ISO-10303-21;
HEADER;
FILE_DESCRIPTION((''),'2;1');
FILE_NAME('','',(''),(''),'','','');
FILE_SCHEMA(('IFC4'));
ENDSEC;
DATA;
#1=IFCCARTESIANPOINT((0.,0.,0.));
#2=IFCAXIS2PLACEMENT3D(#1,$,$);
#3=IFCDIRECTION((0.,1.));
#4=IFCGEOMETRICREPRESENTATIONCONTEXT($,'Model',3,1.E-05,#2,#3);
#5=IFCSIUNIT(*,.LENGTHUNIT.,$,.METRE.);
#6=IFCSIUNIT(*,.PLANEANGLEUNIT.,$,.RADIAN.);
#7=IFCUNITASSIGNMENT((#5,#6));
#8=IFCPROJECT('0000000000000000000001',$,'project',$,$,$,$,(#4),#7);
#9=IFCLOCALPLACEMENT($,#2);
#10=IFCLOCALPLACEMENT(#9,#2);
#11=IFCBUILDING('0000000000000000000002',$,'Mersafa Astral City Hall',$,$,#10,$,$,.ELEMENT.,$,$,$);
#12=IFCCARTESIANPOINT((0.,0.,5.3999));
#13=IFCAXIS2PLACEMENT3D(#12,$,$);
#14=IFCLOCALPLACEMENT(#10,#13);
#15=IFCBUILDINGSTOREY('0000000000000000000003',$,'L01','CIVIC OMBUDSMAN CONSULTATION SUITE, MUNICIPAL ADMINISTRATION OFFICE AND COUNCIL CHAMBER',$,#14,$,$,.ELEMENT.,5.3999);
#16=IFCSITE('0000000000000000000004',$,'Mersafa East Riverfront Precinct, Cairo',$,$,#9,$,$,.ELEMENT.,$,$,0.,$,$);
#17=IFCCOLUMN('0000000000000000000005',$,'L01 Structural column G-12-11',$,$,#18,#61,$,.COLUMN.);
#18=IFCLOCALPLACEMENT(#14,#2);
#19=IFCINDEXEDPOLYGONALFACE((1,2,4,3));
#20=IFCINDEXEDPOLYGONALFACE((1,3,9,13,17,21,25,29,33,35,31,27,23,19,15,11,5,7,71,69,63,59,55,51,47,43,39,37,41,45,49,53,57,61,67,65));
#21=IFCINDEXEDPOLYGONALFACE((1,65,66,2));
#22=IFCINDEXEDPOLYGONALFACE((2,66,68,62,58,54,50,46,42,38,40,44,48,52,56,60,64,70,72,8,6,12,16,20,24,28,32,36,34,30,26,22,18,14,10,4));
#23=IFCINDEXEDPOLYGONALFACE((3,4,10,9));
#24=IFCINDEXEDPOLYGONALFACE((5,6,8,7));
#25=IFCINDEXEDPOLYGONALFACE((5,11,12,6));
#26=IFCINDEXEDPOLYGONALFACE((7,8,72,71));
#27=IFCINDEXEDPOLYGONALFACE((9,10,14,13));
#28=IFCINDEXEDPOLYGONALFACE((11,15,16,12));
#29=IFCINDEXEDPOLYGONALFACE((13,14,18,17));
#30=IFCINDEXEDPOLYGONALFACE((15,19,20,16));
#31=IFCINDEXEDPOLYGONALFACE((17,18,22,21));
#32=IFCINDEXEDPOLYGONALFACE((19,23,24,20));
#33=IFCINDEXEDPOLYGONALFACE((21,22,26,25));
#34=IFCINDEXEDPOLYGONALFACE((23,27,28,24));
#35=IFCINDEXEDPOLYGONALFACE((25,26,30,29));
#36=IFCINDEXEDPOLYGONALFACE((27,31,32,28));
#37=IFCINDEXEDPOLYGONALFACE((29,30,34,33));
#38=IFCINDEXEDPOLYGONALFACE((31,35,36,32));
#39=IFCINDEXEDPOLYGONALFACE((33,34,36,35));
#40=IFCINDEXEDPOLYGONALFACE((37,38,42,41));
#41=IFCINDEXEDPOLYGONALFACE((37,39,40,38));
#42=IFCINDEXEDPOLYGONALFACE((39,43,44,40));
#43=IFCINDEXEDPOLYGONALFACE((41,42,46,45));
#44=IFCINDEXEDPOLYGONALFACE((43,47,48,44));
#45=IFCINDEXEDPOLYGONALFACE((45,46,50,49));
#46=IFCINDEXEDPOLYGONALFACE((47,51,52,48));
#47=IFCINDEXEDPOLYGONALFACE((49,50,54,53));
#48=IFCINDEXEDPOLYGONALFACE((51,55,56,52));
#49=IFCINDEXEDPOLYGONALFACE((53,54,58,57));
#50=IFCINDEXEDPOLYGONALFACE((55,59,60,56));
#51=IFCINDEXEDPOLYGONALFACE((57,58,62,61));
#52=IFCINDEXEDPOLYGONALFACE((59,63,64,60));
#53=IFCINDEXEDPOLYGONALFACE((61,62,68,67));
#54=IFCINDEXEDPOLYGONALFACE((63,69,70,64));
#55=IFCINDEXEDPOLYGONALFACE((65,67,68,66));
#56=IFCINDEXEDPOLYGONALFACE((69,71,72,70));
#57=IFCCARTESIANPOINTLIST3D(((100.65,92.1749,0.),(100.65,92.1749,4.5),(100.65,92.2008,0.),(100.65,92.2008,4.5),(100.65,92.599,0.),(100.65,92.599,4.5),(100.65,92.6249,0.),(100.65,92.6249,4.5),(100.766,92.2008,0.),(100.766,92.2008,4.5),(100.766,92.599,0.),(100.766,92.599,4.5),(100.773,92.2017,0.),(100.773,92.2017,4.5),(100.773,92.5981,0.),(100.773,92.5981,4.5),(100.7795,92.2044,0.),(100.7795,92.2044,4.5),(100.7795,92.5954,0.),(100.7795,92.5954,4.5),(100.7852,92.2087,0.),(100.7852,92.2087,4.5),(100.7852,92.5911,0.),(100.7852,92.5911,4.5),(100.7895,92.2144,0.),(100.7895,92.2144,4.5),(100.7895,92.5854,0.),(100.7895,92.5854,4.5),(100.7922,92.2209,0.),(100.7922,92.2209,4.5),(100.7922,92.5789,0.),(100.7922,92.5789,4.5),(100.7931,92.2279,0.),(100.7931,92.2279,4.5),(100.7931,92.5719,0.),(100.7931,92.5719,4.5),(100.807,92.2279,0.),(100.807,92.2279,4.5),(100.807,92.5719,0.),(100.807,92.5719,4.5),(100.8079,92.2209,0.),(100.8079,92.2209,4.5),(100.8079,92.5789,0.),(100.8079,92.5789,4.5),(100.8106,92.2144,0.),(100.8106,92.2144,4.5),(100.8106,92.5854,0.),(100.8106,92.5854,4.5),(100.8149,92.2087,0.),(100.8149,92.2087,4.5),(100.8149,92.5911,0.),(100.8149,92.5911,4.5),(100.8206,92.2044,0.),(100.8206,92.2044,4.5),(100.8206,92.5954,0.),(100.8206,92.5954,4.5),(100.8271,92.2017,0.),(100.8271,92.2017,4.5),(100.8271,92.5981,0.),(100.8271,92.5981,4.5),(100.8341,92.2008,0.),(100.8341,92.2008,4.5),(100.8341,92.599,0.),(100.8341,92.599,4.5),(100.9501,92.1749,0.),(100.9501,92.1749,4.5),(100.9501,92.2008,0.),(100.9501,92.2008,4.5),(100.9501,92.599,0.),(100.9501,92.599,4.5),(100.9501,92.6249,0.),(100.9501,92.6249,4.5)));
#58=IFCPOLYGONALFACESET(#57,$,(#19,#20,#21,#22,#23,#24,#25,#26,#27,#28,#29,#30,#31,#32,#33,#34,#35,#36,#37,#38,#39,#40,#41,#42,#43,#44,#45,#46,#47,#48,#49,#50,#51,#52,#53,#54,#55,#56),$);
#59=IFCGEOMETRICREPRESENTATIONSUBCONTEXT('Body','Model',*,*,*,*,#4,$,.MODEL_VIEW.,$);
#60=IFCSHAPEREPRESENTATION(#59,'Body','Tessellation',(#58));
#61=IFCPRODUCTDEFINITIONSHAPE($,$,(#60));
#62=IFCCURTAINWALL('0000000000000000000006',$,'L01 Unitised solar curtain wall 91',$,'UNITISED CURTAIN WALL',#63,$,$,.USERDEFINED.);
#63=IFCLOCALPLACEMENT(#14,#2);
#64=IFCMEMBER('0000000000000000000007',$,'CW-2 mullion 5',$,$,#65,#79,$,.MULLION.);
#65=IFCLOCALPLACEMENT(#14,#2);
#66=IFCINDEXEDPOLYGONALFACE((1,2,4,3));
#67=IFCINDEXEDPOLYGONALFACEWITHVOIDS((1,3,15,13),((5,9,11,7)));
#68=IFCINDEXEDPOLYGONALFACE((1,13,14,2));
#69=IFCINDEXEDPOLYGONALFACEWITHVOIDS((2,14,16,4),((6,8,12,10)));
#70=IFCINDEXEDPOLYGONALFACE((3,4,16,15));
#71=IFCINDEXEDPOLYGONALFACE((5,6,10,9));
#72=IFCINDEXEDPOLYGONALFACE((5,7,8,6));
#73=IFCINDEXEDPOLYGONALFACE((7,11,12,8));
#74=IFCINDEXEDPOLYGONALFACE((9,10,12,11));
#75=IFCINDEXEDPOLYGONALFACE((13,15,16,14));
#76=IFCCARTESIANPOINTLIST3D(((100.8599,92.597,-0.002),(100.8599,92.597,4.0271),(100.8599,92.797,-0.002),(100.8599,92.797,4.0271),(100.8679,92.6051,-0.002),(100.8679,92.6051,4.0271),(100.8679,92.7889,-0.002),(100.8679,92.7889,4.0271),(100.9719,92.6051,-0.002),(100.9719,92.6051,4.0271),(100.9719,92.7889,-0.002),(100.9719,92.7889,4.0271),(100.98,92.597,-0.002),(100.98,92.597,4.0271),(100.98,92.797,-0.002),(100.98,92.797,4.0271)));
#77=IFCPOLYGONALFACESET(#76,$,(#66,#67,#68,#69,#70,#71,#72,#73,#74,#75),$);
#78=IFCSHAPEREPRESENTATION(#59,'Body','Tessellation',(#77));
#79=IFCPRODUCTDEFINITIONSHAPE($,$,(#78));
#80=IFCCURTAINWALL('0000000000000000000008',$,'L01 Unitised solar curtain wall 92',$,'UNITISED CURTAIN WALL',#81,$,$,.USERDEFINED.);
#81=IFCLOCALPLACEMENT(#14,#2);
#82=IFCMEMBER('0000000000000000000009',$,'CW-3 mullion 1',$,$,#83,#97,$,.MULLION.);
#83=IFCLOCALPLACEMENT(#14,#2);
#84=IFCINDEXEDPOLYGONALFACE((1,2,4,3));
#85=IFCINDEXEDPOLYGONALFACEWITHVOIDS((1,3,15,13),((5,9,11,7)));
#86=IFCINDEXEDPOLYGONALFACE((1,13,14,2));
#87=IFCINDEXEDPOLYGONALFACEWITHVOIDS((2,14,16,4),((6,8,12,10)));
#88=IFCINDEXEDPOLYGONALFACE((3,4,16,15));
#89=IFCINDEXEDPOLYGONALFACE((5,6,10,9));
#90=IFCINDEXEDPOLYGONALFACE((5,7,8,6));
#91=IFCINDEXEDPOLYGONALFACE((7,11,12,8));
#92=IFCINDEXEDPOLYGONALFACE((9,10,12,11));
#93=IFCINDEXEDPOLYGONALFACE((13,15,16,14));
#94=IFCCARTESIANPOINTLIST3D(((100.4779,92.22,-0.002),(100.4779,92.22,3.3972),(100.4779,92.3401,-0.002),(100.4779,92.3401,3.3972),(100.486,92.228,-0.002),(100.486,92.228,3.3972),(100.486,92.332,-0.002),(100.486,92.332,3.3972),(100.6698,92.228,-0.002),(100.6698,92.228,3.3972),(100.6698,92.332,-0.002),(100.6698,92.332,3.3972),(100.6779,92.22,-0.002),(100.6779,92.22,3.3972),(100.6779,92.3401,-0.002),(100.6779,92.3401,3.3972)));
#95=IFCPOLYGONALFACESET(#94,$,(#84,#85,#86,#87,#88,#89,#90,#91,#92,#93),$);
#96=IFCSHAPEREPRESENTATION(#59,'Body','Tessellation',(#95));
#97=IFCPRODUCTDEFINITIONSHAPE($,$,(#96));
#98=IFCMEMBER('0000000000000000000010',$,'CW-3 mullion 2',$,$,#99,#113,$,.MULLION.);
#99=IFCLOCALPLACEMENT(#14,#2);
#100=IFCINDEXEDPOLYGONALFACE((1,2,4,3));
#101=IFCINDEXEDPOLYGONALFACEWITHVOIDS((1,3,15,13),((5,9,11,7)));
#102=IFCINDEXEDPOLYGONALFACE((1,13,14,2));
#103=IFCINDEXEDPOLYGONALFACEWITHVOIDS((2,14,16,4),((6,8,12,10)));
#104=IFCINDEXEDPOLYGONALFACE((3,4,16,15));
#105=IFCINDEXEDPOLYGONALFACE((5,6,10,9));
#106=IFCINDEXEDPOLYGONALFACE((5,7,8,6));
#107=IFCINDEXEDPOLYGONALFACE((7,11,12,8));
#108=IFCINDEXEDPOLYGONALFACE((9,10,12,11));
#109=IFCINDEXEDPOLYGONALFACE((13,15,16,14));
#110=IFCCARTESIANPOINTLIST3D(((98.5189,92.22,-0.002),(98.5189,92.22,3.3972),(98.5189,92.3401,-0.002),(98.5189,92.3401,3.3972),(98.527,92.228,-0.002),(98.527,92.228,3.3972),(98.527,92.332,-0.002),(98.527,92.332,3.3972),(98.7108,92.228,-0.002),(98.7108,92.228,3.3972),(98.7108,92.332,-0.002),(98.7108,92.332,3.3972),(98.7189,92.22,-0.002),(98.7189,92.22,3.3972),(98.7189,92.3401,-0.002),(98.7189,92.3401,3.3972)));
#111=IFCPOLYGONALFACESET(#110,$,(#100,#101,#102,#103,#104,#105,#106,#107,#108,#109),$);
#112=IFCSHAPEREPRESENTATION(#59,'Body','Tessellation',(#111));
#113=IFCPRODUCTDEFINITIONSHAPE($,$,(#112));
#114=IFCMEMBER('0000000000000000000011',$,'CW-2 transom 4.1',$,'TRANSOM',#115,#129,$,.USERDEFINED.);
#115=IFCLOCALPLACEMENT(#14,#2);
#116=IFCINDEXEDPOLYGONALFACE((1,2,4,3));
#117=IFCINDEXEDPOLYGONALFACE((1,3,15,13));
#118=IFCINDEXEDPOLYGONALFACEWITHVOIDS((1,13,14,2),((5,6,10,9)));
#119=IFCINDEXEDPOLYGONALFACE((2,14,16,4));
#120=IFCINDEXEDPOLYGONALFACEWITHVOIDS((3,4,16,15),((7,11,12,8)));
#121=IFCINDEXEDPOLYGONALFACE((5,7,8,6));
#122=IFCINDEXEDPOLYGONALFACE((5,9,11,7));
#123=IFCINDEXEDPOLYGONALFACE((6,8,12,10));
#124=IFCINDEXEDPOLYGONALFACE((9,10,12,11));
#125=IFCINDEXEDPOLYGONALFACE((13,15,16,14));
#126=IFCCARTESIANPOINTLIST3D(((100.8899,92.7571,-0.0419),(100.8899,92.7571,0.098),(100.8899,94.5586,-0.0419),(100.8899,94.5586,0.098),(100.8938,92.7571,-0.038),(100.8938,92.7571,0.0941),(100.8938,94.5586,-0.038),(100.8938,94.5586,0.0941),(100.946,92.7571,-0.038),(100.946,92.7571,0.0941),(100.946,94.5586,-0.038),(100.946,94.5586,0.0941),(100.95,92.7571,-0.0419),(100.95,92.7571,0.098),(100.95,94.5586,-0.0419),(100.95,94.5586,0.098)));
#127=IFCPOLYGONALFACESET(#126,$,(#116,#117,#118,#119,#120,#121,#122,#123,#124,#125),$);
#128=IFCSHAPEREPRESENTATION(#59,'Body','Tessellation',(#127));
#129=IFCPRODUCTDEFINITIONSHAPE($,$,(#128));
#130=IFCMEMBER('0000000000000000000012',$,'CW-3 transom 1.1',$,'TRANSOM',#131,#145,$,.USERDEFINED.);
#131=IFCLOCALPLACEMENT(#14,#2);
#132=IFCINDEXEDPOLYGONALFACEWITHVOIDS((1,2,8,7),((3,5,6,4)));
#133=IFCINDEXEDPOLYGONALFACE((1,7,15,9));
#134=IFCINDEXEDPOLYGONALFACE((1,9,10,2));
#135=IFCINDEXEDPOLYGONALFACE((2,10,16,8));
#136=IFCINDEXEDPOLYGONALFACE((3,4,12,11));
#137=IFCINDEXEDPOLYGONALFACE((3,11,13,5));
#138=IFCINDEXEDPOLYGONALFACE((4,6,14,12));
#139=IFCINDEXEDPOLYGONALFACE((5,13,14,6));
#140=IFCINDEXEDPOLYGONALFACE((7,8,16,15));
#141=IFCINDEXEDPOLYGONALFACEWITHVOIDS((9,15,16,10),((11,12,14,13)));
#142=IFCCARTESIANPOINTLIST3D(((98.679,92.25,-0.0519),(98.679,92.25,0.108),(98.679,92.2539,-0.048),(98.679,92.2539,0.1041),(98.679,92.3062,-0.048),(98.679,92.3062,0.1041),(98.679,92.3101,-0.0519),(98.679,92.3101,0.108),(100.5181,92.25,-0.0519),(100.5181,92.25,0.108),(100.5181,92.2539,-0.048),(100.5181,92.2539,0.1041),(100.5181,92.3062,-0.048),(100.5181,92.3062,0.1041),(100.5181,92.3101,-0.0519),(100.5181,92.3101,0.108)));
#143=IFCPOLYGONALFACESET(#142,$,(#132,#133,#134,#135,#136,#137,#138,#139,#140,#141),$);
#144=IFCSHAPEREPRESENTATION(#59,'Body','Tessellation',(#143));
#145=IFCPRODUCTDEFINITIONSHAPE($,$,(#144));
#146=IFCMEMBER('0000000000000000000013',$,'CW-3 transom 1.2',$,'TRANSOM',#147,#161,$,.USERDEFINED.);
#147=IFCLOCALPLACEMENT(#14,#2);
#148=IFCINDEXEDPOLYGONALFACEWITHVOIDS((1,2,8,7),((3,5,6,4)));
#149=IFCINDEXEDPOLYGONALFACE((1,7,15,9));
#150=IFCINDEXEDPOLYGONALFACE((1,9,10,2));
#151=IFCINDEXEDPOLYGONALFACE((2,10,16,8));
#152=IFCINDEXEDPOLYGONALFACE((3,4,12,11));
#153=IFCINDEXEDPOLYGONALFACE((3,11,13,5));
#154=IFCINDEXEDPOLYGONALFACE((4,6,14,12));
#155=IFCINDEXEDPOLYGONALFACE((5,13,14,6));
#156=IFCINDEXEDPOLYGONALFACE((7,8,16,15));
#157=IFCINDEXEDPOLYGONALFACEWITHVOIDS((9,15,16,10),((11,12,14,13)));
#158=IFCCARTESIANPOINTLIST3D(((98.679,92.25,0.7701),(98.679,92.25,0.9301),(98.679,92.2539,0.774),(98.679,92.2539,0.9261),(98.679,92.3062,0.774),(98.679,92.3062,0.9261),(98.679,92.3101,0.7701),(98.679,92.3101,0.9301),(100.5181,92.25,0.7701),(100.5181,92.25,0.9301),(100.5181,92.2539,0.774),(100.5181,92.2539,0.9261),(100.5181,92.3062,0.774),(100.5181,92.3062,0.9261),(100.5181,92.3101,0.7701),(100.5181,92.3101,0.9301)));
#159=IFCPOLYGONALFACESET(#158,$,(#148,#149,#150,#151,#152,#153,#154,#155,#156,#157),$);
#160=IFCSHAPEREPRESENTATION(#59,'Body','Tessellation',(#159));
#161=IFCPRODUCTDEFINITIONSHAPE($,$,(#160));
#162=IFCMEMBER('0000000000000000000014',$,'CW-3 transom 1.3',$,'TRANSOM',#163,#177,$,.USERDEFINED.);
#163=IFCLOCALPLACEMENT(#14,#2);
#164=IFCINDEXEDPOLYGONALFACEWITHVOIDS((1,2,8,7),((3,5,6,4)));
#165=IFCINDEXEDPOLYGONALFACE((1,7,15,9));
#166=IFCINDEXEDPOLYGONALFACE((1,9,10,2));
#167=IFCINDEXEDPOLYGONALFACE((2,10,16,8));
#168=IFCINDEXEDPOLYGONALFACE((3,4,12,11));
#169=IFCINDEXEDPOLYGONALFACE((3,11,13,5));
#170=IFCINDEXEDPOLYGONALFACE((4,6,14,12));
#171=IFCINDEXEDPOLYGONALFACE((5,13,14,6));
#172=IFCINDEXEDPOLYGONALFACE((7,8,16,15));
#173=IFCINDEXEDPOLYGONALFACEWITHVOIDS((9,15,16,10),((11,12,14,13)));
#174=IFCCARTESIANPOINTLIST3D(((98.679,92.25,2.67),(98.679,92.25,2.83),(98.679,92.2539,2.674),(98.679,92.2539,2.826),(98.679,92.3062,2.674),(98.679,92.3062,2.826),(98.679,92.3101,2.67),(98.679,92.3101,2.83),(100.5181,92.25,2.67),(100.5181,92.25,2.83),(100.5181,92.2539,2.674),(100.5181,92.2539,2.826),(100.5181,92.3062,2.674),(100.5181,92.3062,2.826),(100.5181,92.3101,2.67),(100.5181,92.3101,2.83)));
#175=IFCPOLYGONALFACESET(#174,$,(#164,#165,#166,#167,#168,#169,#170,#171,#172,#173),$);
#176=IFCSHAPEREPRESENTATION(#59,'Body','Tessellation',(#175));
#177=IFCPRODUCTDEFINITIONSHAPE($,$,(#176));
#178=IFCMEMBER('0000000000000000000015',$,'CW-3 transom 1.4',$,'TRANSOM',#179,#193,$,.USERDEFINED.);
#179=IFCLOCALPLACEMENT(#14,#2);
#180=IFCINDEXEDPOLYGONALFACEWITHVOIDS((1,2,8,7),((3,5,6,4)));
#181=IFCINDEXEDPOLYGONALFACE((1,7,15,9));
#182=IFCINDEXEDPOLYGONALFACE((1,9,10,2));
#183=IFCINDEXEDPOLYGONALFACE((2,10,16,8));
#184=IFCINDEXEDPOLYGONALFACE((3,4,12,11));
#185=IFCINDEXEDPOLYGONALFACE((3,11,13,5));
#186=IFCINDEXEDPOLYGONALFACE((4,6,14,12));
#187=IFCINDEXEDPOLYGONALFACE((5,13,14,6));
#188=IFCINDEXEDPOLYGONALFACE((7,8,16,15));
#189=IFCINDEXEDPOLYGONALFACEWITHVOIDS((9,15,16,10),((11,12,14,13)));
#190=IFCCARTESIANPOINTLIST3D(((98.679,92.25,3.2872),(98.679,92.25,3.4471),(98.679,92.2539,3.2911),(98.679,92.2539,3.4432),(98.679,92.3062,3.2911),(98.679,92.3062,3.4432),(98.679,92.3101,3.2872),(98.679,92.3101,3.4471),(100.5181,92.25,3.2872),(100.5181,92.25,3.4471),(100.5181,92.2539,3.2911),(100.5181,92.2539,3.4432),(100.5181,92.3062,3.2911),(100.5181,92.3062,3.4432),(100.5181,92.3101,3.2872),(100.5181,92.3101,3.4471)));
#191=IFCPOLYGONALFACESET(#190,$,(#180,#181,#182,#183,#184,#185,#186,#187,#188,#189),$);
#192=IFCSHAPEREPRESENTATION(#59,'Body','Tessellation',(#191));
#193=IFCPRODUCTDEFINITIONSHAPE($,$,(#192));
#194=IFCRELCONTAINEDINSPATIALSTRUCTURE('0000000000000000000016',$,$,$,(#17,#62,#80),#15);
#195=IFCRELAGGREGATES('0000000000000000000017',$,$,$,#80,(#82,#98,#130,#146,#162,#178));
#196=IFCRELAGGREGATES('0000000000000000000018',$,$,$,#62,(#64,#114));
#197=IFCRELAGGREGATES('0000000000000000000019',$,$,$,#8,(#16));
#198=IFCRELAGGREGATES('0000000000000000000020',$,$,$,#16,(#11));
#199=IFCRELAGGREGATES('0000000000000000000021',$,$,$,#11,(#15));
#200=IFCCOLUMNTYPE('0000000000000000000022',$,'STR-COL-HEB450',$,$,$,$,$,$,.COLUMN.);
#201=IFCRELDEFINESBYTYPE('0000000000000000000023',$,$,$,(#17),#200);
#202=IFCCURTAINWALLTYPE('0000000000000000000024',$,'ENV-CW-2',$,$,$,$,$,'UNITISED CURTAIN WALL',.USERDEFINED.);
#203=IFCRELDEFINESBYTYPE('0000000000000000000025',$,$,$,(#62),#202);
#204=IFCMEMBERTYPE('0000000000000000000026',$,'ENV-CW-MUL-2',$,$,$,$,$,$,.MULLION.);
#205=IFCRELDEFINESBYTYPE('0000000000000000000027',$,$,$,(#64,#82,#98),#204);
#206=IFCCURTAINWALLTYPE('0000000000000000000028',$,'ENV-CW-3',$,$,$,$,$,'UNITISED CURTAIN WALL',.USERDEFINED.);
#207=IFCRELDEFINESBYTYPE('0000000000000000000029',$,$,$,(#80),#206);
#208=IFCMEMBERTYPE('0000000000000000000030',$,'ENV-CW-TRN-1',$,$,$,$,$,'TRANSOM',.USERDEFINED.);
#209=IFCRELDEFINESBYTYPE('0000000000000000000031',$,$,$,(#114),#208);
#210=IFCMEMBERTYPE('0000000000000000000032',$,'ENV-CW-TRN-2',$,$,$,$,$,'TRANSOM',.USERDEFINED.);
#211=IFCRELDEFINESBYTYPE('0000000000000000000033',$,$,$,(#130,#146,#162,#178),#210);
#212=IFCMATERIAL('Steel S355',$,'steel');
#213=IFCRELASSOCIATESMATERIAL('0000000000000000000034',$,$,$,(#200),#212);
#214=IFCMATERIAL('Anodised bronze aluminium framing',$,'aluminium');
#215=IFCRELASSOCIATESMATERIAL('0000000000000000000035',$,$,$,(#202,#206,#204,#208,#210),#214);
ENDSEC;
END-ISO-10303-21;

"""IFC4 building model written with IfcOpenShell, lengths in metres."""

from ifc_helpers import new_model, si_unit, direction, frame, origin, origin_2d, place, context, subcontext, project, spatial, hollow_rectangle, i_section, extrude, material, material_profile, profile_set, type_object, element, aggregate, save


model = new_model("IFC4")

# Units and contexts
model_context = context("Model", 3, precision=1e-05, world=origin(), true_north=direction((0.0, 1.0)))
body_context = subcontext(model_context, "Body", "Model", "MODEL_VIEW")
ifc_project = project(units=[si_unit("LENGTHUNIT", "METRE"), si_unit("PLANEANGLEUNIT", "RADIAN")], contexts=[model_context])

# Site, building, storey
site_placement = place(None, origin())
site = spatial("IfcSite", under=ifc_project, at=site_placement, Name="Mersafa East Riverfront Precinct, Cairo", CompositionType="ELEMENT", RefElevation=0.0)
building_placement = place(site_placement, origin())
building = spatial("IfcBuilding", under=site, at=building_placement, Name="Mersafa Astral City Hall", CompositionType="ELEMENT")
storey_placement = place(building_placement, frame((0.0, 0.0, 5.3999)))
storey = spatial("IfcBuildingStorey", under=building, at=storey_placement, Name="L01", Description="CIVIC OMBUDSMAN CONSULTATION SUITE, MUNICIPAL ADMINISTRATION OFFICE AND COUNCIL CHAMBER", CompositionType="ELEMENT", Elevation=5.3999)

# Column
ifc_material_1 = material(Name="Steel S355", Category="steel")
ifc_material_profile_1 = material_profile(ifc_material_1, i_section(OverallWidth=0.3, OverallDepth=0.45, WebThickness=0.0139, FlangeThickness=0.0259, FilletRadius=0.0271, at=origin_2d()), Name="HEB 450")
ifc_profile_set_1 = profile_set([ifc_material_profile_1], Name="Steel S355")
column_type = type_object("IfcColumnType", Name="STR-COL-HEB450", PredefinedType="COLUMN", material=ifc_profile_set_1)
column_placement = place(storey_placement, frame((100.8, 92.3999, 0.0), z_axis=(0.0, 0.0, 1.0), x_axis=(1.0, 0.0, 0.0)))
element("IfcColumn", 1, at=column_placement, inside=storey, type_object=column_type, Name="L01 Structural column G-12-11", PredefinedType="COLUMN", context=body_context, shape_type="SweptSolid", body=[
    extrude(i_section(OverallWidth=0.3, OverallDepth=0.45, WebThickness=0.0139, FlangeThickness=0.0259, FilletRadius=0.0271, at=origin_2d()), origin(), (0.0, 0.0, 1.0), 4.5),
])

# Curtain wall, member
ifc_material_2 = material(Name="Anodised bronze aluminium framing", Category="aluminium")
curtain_wall_type_1 = type_object("IfcCurtainWallType", Name="ENV-CW-2", ElementType="UNITISED CURTAIN WALL", PredefinedType="USERDEFINED", material=ifc_material_2)
curtain_wall_1_placement = place(storey_placement, origin())
curtain_wall_1 = element("IfcCurtainWall", 2, at=curtain_wall_1_placement, inside=storey, type_object=curtain_wall_type_1, Name="L01 Unitised solar curtain wall 91", ObjectType="UNITISED CURTAIN WALL", PredefinedType="USERDEFINED")
ifc_material_profile_2 = material_profile(ifc_material_2, hollow_rectangle(XDim=0.1201, YDim=0.2, WallThickness=0.0081, at=origin_2d()), Name="RHS 120x200x8")
ifc_profile_set_2 = profile_set([ifc_material_profile_2], Name="Anodised bronze aluminium framing")
member_type_1 = type_object("IfcMemberType", Name="ENV-CW-MUL-2", PredefinedType="MULLION", material=ifc_profile_set_2)
member_1_placement = place(storey_placement, frame((100.9199, 92.697, -0.002), z_axis=(0.0, 0.0, 1.0), x_axis=(1.0, 0.0, 0.0)))
member_1 = element("IfcMember", 3, at=member_1_placement, type_object=member_type_1, Name="CW-2 mullion 5", PredefinedType="MULLION", context=body_context, shape_type="SweptSolid", body=[
    extrude(hollow_rectangle(XDim=0.1201, YDim=0.2, WallThickness=0.0081, at=origin_2d()), origin(), (0.0, 0.0, 1.0), 4.0291),
])

# Curtain wall, members
curtain_wall_type_2 = type_object("IfcCurtainWallType", Name="ENV-CW-3", ElementType="UNITISED CURTAIN WALL", PredefinedType="USERDEFINED", material=ifc_material_2)
curtain_wall_2_placement = place(storey_placement, origin())
curtain_wall_2 = element("IfcCurtainWall", 4, at=curtain_wall_2_placement, inside=storey, type_object=curtain_wall_type_2, Name="L01 Unitised solar curtain wall 92", ObjectType="UNITISED CURTAIN WALL", PredefinedType="USERDEFINED")
member_2_placement = place(storey_placement, frame((100.5779, 92.28, -0.002), z_axis=(0.0, 0.0, 1.0), x_axis=(0.0, -1.0, 0.0)))
member_2 = element("IfcMember", 5, at=member_2_placement, type_object=member_type_1, Name="CW-3 mullion 1", PredefinedType="MULLION", context=body_context, shape_type="SweptSolid", body=[
    extrude(hollow_rectangle(XDim=0.1201, YDim=0.2, WallThickness=0.0081, at=origin_2d()), origin(), (0.0, 0.0, 1.0), 3.3992),
])
member_3_placement = place(storey_placement, frame((98.6189, 92.28, -0.002), z_axis=(0.0, 0.0, 1.0), x_axis=(0.0, -1.0, 0.0)))
member_3 = element("IfcMember", 6, at=member_3_placement, type_object=member_type_1, Name="CW-3 mullion 2", PredefinedType="MULLION", context=body_context, shape_type="SweptSolid", body=[
    extrude(hollow_rectangle(XDim=0.1201, YDim=0.2, WallThickness=0.0081, at=origin_2d()), origin(), (0.0, 0.0, 1.0), 3.3992),
])

# Members
ifc_material_profile_3 = material_profile(ifc_material_2, hollow_rectangle(XDim=0.0601, YDim=0.1399, WallThickness=0.0039, at=origin_2d()), Name="RHS 60x140x4")
ifc_profile_set_3 = profile_set([ifc_material_profile_3], Name="Anodised bronze aluminium framing")
member_type_2 = type_object("IfcMemberType", Name="ENV-CW-TRN-1", ElementType="TRANSOM", PredefinedType="USERDEFINED", material=ifc_profile_set_3)
member_4_placement = place(storey_placement, frame((100.9199, 94.5586, 0.0281), z_axis=(0.0, -1.0, 0.0), x_axis=(1.0, 0.0, 0.0)))
member_4 = element("IfcMember", 7, at=member_4_placement, type_object=member_type_2, Name="CW-2 transom 4.1", ObjectType="TRANSOM", PredefinedType="USERDEFINED", context=body_context, shape_type="SweptSolid", body=[
    extrude(hollow_rectangle(XDim=0.0601, YDim=0.1399, WallThickness=0.0039, at=origin_2d()), origin(), (0.0, 0.0, 1.0), 1.8015),
])
ifc_material_profile_4 = material_profile(ifc_material_2, hollow_rectangle(XDim=0.0601, YDim=0.1599, WallThickness=0.0039, at=origin_2d()), Name="RHS 60x160x4")
ifc_profile_set_4 = profile_set([ifc_material_profile_4], Name="Anodised bronze aluminium framing")
member_type_3 = type_object("IfcMemberType", Name="ENV-CW-TRN-2", ElementType="TRANSOM", PredefinedType="USERDEFINED", material=ifc_profile_set_4)
member_5_placement = place(storey_placement, frame((100.5181, 92.28, 0.0281), z_axis=(-1.0, 0.0, 0.0), x_axis=(0.0, -1.0, 0.0)))
member_5 = element("IfcMember", 8, at=member_5_placement, type_object=member_type_3, Name="CW-3 transom 1.1", ObjectType="TRANSOM", PredefinedType="USERDEFINED", context=body_context, shape_type="SweptSolid", body=[
    extrude(hollow_rectangle(XDim=0.0601, YDim=0.1599, WallThickness=0.0039, at=origin_2d()), origin(), (0.0, 0.0, 1.0), 1.8391),
])
member_6_placement = place(storey_placement, frame((100.5181, 92.28, 0.8501), z_axis=(-1.0, 0.0, 0.0), x_axis=(0.0, -1.0, 0.0)))
member_6 = element("IfcMember", 9, at=member_6_placement, type_object=member_type_3, Name="CW-3 transom 1.2", ObjectType="TRANSOM", PredefinedType="USERDEFINED", context=body_context, shape_type="SweptSolid", body=[
    extrude(hollow_rectangle(XDim=0.0601, YDim=0.1599, WallThickness=0.0039, at=origin_2d()), origin(), (0.0, 0.0, 1.0), 1.8391),
])
member_7_placement = place(storey_placement, frame((100.5181, 92.28, 2.75), z_axis=(-1.0, 0.0, 0.0), x_axis=(0.0, -1.0, 0.0)))
member_7 = element("IfcMember", 10, at=member_7_placement, type_object=member_type_3, Name="CW-3 transom 1.3", ObjectType="TRANSOM", PredefinedType="USERDEFINED", context=body_context, shape_type="SweptSolid", body=[
    extrude(hollow_rectangle(XDim=0.0601, YDim=0.1599, WallThickness=0.0039, at=origin_2d()), origin(), (0.0, 0.0, 1.0), 1.8391),
])
member_8_placement = place(storey_placement, frame((100.5181, 92.28, 3.3672), z_axis=(-1.0, 0.0, 0.0), x_axis=(0.0, -1.0, 0.0)))
member_8 = element("IfcMember", 11, at=member_8_placement, type_object=member_type_3, Name="CW-3 transom 1.4", ObjectType="TRANSOM", PredefinedType="USERDEFINED", context=body_context, shape_type="SweptSolid", body=[
    extrude(hollow_rectangle(XDim=0.0601, YDim=0.1599, WallThickness=0.0039, at=origin_2d()), origin(), (0.0, 0.0, 1.0), 1.8391),
])

aggregate(curtain_wall_2, [member_2, member_3, member_5, member_6, member_7, member_8])
aggregate(curtain_wall_1, [member_1, member_4])

save(model, "model.ifc")
